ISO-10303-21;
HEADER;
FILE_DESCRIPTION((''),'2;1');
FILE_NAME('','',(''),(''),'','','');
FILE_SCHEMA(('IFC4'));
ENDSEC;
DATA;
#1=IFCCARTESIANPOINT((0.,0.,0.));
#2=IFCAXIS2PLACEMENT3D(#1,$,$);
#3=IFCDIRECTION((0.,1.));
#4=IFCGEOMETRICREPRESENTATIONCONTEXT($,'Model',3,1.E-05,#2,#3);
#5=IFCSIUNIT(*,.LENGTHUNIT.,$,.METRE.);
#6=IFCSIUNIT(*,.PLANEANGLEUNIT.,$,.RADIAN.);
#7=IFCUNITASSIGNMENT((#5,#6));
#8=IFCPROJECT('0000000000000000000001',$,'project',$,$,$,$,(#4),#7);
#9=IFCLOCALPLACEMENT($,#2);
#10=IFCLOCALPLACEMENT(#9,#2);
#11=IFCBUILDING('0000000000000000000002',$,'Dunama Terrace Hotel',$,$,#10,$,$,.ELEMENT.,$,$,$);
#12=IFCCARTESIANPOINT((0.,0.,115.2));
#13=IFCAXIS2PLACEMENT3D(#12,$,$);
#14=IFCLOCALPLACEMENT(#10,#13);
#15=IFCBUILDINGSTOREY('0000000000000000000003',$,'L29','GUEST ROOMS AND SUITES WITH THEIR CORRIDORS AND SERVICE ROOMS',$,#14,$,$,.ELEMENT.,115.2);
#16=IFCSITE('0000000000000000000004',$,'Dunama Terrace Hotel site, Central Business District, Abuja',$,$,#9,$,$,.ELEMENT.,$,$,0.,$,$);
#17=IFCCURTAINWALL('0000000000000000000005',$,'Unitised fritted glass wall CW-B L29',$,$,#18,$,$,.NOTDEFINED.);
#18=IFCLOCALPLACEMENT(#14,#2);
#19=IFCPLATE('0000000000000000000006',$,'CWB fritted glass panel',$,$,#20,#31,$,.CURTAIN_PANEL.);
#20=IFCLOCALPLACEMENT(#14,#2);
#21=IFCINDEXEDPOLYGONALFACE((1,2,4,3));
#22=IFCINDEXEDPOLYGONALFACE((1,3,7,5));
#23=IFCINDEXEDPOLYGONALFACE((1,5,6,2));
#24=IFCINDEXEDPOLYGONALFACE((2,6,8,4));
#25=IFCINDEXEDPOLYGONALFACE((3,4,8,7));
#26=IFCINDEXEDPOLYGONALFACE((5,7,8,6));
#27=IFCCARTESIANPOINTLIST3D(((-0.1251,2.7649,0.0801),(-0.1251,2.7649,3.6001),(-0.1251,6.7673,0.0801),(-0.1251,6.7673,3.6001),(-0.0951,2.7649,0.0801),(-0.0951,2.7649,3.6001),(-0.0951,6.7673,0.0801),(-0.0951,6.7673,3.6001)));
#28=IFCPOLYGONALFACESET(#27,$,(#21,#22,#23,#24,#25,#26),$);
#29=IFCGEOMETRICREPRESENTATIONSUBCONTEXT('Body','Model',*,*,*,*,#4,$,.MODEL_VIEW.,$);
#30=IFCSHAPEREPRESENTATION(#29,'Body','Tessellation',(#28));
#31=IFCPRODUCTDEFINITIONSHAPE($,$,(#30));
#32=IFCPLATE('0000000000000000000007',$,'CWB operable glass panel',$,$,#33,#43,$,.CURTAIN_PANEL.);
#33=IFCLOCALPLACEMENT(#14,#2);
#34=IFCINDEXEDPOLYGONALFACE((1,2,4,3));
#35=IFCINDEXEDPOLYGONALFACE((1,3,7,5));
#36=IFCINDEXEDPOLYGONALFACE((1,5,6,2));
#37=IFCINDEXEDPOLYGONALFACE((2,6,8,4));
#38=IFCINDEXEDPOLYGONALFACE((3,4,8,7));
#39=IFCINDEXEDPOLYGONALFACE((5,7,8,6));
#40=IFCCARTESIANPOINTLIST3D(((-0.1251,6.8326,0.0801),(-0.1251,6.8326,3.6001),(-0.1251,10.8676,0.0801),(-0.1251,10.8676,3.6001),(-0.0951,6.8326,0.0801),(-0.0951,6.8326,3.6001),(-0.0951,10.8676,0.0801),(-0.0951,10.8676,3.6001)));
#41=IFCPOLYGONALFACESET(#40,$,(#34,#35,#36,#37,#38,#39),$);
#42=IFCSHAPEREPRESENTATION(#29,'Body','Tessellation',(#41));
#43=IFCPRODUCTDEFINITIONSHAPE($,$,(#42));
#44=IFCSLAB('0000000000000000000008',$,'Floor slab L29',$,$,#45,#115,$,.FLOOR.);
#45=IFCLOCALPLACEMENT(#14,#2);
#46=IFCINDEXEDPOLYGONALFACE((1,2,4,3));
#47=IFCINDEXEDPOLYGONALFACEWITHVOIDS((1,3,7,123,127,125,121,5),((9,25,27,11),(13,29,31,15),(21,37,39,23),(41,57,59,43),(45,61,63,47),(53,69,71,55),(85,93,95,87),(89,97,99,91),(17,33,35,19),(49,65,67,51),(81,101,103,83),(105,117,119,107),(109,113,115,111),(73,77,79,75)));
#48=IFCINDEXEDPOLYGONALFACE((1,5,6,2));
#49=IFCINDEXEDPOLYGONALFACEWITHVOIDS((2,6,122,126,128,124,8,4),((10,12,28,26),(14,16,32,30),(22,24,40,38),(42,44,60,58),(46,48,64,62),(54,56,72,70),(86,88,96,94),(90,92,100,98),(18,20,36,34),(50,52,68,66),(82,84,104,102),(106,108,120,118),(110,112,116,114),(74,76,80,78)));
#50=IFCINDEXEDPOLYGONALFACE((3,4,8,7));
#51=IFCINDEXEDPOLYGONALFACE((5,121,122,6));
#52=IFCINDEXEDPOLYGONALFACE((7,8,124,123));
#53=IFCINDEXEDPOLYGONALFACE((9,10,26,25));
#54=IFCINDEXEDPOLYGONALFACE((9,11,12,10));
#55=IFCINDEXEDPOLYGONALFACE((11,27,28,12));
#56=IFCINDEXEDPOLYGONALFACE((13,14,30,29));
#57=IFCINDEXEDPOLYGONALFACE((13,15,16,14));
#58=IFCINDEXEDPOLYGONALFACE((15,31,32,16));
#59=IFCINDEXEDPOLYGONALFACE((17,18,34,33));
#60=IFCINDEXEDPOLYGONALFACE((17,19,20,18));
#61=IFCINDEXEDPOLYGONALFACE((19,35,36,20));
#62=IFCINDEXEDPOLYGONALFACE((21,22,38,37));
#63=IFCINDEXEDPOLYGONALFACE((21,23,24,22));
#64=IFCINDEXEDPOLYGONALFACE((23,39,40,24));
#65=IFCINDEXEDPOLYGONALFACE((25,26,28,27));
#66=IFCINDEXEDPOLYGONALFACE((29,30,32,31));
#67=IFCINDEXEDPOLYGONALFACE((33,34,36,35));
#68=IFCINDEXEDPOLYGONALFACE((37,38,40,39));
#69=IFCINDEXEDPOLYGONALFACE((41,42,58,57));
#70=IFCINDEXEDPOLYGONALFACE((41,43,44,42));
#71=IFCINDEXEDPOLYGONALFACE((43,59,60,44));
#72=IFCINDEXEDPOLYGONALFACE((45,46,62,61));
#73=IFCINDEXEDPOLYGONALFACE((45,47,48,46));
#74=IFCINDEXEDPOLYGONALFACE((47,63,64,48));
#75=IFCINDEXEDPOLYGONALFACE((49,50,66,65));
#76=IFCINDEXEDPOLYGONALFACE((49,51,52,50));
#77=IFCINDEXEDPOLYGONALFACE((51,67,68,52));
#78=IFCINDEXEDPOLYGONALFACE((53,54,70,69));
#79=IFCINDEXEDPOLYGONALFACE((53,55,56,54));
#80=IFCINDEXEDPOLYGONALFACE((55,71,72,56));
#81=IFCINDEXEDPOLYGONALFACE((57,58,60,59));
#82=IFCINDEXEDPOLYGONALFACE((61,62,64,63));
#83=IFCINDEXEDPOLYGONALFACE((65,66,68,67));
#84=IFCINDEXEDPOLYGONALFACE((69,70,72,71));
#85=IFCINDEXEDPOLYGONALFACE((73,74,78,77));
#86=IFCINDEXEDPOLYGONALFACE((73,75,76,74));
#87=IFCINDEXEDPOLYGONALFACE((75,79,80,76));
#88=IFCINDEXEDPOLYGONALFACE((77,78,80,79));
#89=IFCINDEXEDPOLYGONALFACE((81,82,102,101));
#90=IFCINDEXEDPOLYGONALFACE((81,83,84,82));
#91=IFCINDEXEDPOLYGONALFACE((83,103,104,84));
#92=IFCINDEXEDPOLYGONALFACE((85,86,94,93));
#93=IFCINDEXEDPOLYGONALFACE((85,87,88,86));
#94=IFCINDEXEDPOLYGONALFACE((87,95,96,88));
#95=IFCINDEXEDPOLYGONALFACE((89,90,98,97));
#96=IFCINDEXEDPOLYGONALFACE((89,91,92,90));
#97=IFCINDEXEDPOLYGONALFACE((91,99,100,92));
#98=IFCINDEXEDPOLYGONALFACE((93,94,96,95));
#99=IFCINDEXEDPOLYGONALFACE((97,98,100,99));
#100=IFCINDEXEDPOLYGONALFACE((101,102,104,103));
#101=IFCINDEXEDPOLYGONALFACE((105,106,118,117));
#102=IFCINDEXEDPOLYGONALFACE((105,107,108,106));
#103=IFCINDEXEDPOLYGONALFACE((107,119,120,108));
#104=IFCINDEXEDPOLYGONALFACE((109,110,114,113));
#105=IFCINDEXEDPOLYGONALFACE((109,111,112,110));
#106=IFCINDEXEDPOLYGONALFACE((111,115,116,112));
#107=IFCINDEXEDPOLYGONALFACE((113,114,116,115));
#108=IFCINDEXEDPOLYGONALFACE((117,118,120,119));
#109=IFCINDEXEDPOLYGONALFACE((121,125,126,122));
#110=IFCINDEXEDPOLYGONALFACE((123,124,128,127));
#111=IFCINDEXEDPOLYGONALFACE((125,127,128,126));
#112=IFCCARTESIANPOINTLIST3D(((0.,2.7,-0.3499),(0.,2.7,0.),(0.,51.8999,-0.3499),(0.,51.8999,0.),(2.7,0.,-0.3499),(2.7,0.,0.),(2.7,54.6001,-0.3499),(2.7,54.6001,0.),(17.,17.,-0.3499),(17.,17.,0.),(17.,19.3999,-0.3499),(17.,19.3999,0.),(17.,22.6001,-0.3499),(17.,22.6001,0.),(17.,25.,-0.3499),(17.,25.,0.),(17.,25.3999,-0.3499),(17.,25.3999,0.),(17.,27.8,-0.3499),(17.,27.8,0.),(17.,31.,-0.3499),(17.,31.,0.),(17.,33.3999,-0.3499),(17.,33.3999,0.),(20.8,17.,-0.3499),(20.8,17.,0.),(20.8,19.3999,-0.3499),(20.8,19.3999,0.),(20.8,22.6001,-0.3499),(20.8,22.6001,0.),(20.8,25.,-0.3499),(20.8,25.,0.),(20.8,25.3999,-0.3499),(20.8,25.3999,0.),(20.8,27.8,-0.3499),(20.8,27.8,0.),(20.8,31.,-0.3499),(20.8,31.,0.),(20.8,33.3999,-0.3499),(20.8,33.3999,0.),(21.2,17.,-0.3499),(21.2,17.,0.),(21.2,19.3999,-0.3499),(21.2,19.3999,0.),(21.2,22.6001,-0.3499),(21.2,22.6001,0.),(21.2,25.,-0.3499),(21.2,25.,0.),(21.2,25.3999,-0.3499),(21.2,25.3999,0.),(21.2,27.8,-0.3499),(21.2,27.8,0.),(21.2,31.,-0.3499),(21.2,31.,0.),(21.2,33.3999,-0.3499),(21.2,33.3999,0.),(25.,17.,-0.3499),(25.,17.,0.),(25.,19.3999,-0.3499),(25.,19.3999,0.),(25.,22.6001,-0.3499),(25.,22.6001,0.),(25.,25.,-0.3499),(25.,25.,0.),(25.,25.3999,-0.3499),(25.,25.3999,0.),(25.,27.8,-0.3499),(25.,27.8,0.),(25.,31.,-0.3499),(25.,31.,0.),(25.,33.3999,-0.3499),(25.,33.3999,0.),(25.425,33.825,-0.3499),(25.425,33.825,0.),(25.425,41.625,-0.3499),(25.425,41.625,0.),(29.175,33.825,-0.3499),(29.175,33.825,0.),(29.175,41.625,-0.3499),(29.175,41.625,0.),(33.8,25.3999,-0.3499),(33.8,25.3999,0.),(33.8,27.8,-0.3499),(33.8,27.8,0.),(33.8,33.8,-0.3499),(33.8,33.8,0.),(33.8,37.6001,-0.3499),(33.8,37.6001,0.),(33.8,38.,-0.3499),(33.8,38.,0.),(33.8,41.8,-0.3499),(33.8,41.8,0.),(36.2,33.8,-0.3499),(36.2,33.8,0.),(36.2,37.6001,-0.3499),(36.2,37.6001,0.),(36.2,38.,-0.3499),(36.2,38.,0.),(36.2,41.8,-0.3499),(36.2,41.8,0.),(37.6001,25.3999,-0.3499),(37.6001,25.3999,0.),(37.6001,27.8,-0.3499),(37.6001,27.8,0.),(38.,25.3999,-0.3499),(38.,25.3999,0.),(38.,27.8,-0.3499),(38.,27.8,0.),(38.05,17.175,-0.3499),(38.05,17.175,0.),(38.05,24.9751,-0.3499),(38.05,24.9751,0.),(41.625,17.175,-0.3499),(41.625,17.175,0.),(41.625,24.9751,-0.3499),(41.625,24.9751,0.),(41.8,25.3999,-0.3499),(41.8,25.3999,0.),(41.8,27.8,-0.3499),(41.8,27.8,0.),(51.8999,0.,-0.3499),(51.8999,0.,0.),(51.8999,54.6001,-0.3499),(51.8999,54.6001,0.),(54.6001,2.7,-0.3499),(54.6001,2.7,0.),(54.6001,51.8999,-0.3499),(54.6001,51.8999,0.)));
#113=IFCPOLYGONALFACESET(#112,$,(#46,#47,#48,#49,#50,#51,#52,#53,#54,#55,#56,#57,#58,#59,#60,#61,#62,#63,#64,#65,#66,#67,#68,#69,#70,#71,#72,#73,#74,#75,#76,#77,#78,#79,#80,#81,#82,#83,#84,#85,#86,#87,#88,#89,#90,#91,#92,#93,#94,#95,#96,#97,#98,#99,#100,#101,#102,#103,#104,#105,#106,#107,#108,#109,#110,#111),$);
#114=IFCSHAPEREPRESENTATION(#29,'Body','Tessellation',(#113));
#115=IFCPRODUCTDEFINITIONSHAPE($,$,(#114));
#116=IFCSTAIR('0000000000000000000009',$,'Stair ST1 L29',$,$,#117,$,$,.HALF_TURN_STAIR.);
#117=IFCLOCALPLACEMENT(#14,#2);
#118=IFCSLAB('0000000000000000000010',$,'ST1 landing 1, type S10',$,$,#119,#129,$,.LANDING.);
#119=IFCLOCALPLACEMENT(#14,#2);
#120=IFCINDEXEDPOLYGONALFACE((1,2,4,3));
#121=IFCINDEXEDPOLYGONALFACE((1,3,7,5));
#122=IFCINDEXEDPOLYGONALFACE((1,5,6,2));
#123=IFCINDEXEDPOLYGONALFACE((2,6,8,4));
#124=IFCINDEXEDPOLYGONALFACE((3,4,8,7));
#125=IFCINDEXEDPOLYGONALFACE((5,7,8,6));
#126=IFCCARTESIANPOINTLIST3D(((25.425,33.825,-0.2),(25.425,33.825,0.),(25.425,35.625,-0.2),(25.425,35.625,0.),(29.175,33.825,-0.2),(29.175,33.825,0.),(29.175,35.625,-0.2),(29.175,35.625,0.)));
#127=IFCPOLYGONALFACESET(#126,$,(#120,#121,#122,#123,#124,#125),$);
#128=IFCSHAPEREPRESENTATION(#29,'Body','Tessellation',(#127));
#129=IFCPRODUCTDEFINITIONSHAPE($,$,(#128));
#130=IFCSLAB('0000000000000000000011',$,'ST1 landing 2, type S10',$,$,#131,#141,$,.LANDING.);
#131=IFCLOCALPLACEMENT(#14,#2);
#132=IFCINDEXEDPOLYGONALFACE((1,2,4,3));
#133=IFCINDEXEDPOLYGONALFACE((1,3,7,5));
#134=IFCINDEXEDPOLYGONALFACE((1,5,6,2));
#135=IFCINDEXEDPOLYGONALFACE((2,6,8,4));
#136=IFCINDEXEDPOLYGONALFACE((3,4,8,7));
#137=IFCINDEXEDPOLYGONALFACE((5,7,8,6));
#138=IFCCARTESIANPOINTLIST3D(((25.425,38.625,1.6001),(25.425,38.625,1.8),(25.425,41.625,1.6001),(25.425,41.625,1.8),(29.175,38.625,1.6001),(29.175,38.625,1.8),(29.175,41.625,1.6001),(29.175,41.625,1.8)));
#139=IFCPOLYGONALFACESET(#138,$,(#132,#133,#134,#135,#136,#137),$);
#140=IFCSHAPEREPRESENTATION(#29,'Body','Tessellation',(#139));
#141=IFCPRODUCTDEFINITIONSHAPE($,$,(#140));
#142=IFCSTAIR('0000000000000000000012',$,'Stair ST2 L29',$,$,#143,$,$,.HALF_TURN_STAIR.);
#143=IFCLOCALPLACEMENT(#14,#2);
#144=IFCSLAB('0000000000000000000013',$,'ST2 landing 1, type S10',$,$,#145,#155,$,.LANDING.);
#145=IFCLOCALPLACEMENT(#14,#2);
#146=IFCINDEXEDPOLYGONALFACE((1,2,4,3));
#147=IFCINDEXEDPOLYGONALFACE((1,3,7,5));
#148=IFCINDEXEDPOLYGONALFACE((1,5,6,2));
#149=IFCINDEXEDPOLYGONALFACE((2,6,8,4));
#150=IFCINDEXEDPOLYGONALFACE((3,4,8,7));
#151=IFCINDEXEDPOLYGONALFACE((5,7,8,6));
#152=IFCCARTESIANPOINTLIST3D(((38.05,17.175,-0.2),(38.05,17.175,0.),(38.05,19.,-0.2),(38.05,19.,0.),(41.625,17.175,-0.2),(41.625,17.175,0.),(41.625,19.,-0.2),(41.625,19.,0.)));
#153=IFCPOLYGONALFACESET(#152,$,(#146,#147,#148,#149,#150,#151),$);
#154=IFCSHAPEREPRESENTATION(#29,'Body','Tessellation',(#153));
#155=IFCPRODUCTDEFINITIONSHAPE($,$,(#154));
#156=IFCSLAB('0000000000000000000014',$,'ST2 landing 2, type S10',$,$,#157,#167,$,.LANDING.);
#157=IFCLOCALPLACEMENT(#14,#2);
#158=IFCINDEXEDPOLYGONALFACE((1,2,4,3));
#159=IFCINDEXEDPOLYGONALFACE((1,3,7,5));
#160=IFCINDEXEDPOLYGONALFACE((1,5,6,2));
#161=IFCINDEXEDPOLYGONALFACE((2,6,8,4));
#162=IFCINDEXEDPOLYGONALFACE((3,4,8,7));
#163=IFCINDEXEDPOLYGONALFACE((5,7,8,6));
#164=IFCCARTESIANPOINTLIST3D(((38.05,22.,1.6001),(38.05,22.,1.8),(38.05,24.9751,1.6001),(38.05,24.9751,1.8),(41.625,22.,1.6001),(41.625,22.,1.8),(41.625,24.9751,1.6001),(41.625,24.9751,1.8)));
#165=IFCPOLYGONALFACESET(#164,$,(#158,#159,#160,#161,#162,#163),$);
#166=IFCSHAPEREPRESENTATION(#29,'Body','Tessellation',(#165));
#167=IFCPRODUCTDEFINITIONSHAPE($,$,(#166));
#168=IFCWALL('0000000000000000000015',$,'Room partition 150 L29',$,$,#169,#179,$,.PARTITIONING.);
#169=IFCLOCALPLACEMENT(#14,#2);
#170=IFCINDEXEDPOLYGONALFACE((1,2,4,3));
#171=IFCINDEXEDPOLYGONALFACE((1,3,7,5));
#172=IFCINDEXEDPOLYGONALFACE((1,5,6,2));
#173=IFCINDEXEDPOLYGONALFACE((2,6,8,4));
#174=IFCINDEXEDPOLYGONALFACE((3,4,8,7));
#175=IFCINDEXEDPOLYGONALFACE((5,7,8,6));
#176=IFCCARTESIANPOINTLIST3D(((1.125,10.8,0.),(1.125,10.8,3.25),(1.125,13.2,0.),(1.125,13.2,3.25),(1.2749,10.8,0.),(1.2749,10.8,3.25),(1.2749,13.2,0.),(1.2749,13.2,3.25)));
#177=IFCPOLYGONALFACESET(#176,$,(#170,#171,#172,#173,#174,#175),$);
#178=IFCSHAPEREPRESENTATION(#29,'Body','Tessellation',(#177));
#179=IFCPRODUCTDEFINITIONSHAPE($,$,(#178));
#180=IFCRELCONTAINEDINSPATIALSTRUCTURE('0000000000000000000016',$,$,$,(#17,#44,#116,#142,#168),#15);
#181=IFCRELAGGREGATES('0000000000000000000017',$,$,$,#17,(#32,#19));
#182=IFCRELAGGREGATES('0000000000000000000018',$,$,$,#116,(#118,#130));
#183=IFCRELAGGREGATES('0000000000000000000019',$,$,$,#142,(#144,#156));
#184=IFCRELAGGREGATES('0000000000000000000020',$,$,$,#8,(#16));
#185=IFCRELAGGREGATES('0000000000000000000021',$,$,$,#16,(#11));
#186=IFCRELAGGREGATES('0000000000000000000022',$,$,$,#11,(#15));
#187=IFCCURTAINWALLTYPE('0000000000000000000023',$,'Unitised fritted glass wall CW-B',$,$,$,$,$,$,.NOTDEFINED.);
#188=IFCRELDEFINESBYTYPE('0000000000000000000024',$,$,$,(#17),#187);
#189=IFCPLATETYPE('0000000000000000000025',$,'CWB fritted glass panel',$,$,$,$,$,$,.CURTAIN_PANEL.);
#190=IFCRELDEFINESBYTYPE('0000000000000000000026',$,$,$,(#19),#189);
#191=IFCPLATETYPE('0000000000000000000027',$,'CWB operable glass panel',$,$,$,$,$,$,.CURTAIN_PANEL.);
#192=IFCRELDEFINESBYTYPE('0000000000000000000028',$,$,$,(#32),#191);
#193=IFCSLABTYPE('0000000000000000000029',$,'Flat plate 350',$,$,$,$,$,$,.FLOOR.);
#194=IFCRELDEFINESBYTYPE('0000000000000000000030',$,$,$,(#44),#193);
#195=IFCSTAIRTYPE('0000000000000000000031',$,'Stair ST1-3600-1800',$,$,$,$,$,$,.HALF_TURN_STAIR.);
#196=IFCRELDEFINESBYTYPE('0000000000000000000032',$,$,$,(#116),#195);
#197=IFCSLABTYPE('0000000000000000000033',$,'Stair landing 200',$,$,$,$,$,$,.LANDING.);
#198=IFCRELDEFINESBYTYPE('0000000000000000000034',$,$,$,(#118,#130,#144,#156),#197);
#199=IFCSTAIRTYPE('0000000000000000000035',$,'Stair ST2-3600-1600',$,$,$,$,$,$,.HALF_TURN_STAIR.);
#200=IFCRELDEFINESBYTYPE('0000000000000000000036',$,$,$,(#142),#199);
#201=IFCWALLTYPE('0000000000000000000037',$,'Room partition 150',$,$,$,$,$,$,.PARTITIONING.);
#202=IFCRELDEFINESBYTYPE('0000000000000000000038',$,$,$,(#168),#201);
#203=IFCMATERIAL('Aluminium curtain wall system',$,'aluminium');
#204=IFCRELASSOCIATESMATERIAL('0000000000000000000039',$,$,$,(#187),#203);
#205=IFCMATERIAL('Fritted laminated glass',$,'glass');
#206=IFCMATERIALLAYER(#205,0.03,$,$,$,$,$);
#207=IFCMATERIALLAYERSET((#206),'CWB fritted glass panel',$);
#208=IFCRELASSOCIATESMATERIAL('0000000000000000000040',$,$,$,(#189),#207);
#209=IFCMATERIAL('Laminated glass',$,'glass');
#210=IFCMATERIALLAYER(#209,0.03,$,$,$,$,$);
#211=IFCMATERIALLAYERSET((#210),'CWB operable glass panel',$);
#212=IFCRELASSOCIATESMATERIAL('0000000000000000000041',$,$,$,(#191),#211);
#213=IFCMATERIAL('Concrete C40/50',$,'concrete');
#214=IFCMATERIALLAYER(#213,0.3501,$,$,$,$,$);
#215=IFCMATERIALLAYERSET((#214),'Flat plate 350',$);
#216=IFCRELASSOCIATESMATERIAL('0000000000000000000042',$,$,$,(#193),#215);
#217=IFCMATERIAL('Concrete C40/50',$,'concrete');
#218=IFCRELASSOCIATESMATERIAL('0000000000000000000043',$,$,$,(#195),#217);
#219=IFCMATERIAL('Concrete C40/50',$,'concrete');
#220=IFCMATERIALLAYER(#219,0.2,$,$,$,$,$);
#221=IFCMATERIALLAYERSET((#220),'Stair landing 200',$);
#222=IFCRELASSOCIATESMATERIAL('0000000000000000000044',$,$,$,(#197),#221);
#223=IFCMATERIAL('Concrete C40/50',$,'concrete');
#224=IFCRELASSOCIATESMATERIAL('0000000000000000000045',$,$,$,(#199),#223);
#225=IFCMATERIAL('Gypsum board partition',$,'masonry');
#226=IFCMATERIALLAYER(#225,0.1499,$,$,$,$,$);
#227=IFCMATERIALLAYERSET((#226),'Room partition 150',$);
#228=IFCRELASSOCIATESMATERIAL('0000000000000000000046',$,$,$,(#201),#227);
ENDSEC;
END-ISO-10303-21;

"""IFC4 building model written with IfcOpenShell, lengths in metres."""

from ifc_helpers import new_model, si_unit, direction, frame, frame_2d, origin, origin_2d, place, context, subcontext, project, spatial, polyline, rectangle, outline, extrude, material, layer, layer_set, type_object, element, aggregate, save


model = new_model("IFC4")

# Units and contexts
model_context = context("Model", 3, precision=1e-05, world=origin(), true_north=direction((0.0, 1.0)))
body_context = subcontext(model_context, "Body", "Model", "MODEL_VIEW")
ifc_project = project(units=[si_unit("LENGTHUNIT", "METRE"), si_unit("PLANEANGLEUNIT", "RADIAN")], contexts=[model_context])

# Site, building, storey
site_placement = place(None, origin())
site = spatial("IfcSite", under=ifc_project, at=site_placement, Name="Dunama Terrace Hotel site, Central Business District, Abuja", CompositionType="ELEMENT", RefElevation=0.0)
building_placement = place(site_placement, origin())
building = spatial("IfcBuilding", under=site, at=building_placement, Name="Dunama Terrace Hotel", CompositionType="ELEMENT")
storey_placement = place(building_placement, frame((0.0, 0.0, 115.2)))
storey = spatial("IfcBuildingStorey", under=building, at=storey_placement, Name="L29", Description="GUEST ROOMS AND SUITES WITH THEIR CORRIDORS AND SERVICE ROOMS", CompositionType="ELEMENT", Elevation=115.2)

# Shared definitions
ifc_material_1 = material(Name="Aluminium curtain wall system", Category="aluminium")
curtain_wall_type = type_object("IfcCurtainWallType", Name="Unitised fritted glass wall CW-B", PredefinedType="NOTDEFINED", material=ifc_material_1)

# Curtain wall
curtain_wall_1_placement = place(storey_placement, origin())
curtain_wall_1 = element("IfcCurtainWall", 1, at=curtain_wall_1_placement, inside=storey, type_object=curtain_wall_type, Name="Unitised fritted glass wall CW-B L29", PredefinedType="NOTDEFINED")

# Plates
ifc_material_2 = material(Name="Fritted laminated glass", Category="glass")
ifc_layer_1 = layer(ifc_material_2, 0.03)
ifc_layer_set_1 = layer_set([ifc_layer_1], Name="CWB fritted glass panel")
plate_type_1 = type_object("IfcPlateType", Name="CWB fritted glass panel", PredefinedType="CURTAIN_PANEL", material=ifc_layer_set_1)
plate_1_placement = place(storey_placement, frame((-0.1101, 4.7661, 0.0801), z_axis=(0.0, 0.0, 1.0), x_axis=(0.0, -1.0, 0.0)))
plate_1 = element("IfcPlate", 2, at=plate_1_placement, type_object=plate_type_1, Name="CWB fritted glass panel", PredefinedType="CURTAIN_PANEL", context=body_context, shape_type="SweptSolid", body=[
    extrude(rectangle(XDim=4.0024, YDim=0.03, at=origin_2d()), origin(), (0.0, 0.0, 1.0), 3.52),
])
ifc_material_3 = material(Name="Laminated glass", Category="glass")
ifc_layer_2 = layer(ifc_material_3, 0.03)
ifc_layer_set_2 = layer_set([ifc_layer_2], Name="CWB operable glass panel")
plate_type_2 = type_object("IfcPlateType", Name="CWB operable glass panel", PredefinedType="CURTAIN_PANEL", material=ifc_layer_set_2)
plate_2_placement = place(storey_placement, frame((-0.1101, 8.8501, 0.0801), z_axis=(0.0, 0.0, 1.0), x_axis=(0.0, -1.0, 0.0)))
plate_2 = element("IfcPlate", 3, at=plate_2_placement, type_object=plate_type_2, Name="CWB operable glass panel", PredefinedType="CURTAIN_PANEL", context=body_context, shape_type="SweptSolid", body=[
    extrude(rectangle(XDim=4.0349, YDim=0.03, at=origin_2d()), origin(), (0.0, 0.0, 1.0), 3.52),
])
aggregate(curtain_wall_1, [plate_2, plate_1])

# Slab
ifc_material_4 = material(Name="Concrete C40/50", Category="concrete")
ifc_layer_3 = layer(ifc_material_4, 0.3501)
ifc_layer_set_3 = layer_set([ifc_layer_3], Name="Flat plate 350")
slab_type_1 = type_object("IfcSlabType", Name="Flat plate 350", PredefinedType="FLOOR", material=ifc_layer_set_3)
slab_1_placement = place(storey_placement, frame((0.0, 0.0, -0.3499)))
element("IfcSlab", 4, at=slab_1_placement, inside=storey, type_object=slab_type_1, Name="Floor slab L29", PredefinedType="FLOOR", context=body_context, shape_type="SweptSolid", body=[
    extrude(outline(polyline([(2.7, 0.0), (51.8999, 0.0), (54.6001, 2.7), (54.6001, 51.8999), (51.8999, 54.6001), (2.7, 54.6001), (0.0, 51.8999), (0.0, 2.7), (2.7, 0.0)]), holes=[polyline([(37.6001, 25.3999), (37.6001, 27.8), (33.8, 27.8), (33.8, 25.3999), (37.6001, 25.3999)]), polyline([(41.8, 25.3999), (41.8, 27.8), (38.0, 27.8), (38.0, 25.3999), (41.8, 25.3999)]), polyline([(20.8, 17.0), (20.8, 19.3999), (17.0, 19.3999), (17.0, 17.0), (20.8, 17.0)]), polyline([(25.0, 17.0), (25.0, 19.3999), (21.2, 19.3999), (21.2, 17.0), (25.0, 17.0)]), polyline([(20.8, 22.6001), (20.8, 25.0), (17.0, 25.0), (17.0, 22.6001), (20.8, 22.6001)]), polyline([(25.0, 22.6001), (25.0, 25.0), (21.2, 25.0), (21.2, 22.6001), (25.0, 22.6001)]), polyline([(20.8, 25.3999), (20.8, 27.8), (17.0, 27.8), (17.0, 25.3999), (20.8, 25.3999)]), polyline([(25.0, 25.3999), (25.0, 27.8), (21.2, 27.8), (21.2, 25.3999), (25.0, 25.3999)]), polyline([(20.8, 31.0), (20.8, 33.3999), (17.0, 33.3999), (17.0, 31.0), (20.8, 31.0)]), polyline([(25.0, 31.0), (25.0, 33.3999), (21.2, 33.3999), (21.2, 31.0), (25.0, 31.0)]), polyline([(36.2, 38.0), (36.2, 41.8), (33.8, 41.8), (33.8, 38.0), (36.2, 38.0)]), polyline([(36.2, 33.8), (36.2, 37.6001), (33.8, 37.6001), (33.8, 33.8), (36.2, 33.8)]), polyline([(29.175, 33.825), (29.175, 41.625), (25.425, 41.625), (25.425, 33.825), (29.175, 33.825)]), polyline([(41.625, 17.175), (41.625, 24.9751), (38.05, 24.9751), (38.05, 17.175), (41.625, 17.175)])]), origin(), (0.0, 0.0, 1.0), 0.3499),
])

# Stairs, slabs
ifc_material_5 = material(Name="Concrete C40/50", Category="concrete")
stair_type_1 = type_object("IfcStairType", Name="Stair ST1-3600-1800", PredefinedType="HALF_TURN_STAIR", material=ifc_material_5)
stair_1_placement = place(storey_placement, origin())
stair_1 = element("IfcStair", 5, at=stair_1_placement, inside=storey, type_object=stair_type_1, Name="Stair ST1 L29", PredefinedType="HALF_TURN_STAIR")
ifc_material_6 = material(Name="Concrete C40/50", Category="concrete")
ifc_layer_4 = layer(ifc_material_6, 0.2)
ifc_layer_set_4 = layer_set([ifc_layer_4], Name="Stair landing 200")
slab_type_2 = type_object("IfcSlabType", Name="Stair landing 200", PredefinedType="LANDING", material=ifc_layer_set_4)
slab_2_placement = place(storey_placement, frame((0.0, 0.0, -0.2)))
slab_2 = element("IfcSlab", 6, at=slab_2_placement, type_object=slab_type_2, Name="ST1 landing 1, type S10", PredefinedType="LANDING", context=body_context, shape_type="SweptSolid", body=[
    extrude(outline(polyline([(25.425, 33.825), (29.175, 33.825), (29.175, 35.625), (25.425, 35.625), (25.425, 33.825)])), origin(), (0.0, 0.0, 1.0), 0.2),
])
slab_3_placement = place(storey_placement, frame((0.0, 0.0, 1.6001)))
slab_3 = element("IfcSlab", 7, at=slab_3_placement, type_object=slab_type_2, Name="ST1 landing 2, type S10", PredefinedType="LANDING", context=body_context, shape_type="SweptSolid", body=[
    extrude(outline(polyline([(25.425, 38.625), (29.175, 38.625), (29.175, 41.625), (25.425, 41.625), (25.425, 38.625)])), origin(), (0.0, 0.0, 1.0), 0.2),
])
aggregate(stair_1, [slab_2, slab_3])
ifc_material_7 = material(Name="Concrete C40/50", Category="concrete")
stair_type_2 = type_object("IfcStairType", Name="Stair ST2-3600-1600", PredefinedType="HALF_TURN_STAIR", material=ifc_material_7)
stair_2_placement = place(storey_placement, origin())
stair_2 = element("IfcStair", 8, at=stair_2_placement, inside=storey, type_object=stair_type_2, Name="Stair ST2 L29", PredefinedType="HALF_TURN_STAIR")
slab_4_placement = place(storey_placement, frame((0.0, 0.0, -0.2)))
slab_4 = element("IfcSlab", 9, at=slab_4_placement, type_object=slab_type_2, Name="ST2 landing 1, type S10", PredefinedType="LANDING", context=body_context, shape_type="SweptSolid", body=[
    extrude(outline(polyline([(38.05, 17.175), (41.625, 17.175), (41.625, 19.0), (38.05, 19.0), (38.05, 17.175)])), origin(), (0.0, 0.0, 1.0), 0.2),
])
slab_5_placement = place(storey_placement, frame((0.0, 0.0, 1.6001)))
slab_5 = element("IfcSlab", 10, at=slab_5_placement, type_object=slab_type_2, Name="ST2 landing 2, type S10", PredefinedType="LANDING", context=body_context, shape_type="SweptSolid", body=[
    extrude(outline(polyline([(38.05, 22.0), (41.625, 22.0), (41.625, 24.9751), (38.05, 24.9751), (38.05, 22.0)])), origin(), (0.0, 0.0, 1.0), 0.2),
])
aggregate(stair_2, [slab_4, slab_5])

# Wall
ifc_material_8 = material(Name="Gypsum board partition", Category="masonry")
ifc_layer_5 = layer(ifc_material_8, 0.1499)
ifc_layer_set_5 = layer_set([ifc_layer_5], Name="Room partition 150")
wall_type = type_object("IfcWallType", Name="Room partition 150", PredefinedType="PARTITIONING", material=ifc_layer_set_5)
wall_1_placement = place(storey_placement, frame((1.2, 10.8, 0.0), z_axis=(0.0, 0.0, 1.0), x_axis=(0.0, 1.0, 0.0)))
element("IfcWall", 11, at=wall_1_placement, inside=storey, type_object=wall_type, Name="Room partition 150 L29", PredefinedType="PARTITIONING", context=body_context, shape_type="SweptSolid", body=[
    extrude(rectangle(XDim=2.3999, YDim=0.1499, at=frame_2d((1.2, 0.0))), origin(), (0.0, 0.0, 1.0), 3.25),
])

save(model, "model.ifc")
